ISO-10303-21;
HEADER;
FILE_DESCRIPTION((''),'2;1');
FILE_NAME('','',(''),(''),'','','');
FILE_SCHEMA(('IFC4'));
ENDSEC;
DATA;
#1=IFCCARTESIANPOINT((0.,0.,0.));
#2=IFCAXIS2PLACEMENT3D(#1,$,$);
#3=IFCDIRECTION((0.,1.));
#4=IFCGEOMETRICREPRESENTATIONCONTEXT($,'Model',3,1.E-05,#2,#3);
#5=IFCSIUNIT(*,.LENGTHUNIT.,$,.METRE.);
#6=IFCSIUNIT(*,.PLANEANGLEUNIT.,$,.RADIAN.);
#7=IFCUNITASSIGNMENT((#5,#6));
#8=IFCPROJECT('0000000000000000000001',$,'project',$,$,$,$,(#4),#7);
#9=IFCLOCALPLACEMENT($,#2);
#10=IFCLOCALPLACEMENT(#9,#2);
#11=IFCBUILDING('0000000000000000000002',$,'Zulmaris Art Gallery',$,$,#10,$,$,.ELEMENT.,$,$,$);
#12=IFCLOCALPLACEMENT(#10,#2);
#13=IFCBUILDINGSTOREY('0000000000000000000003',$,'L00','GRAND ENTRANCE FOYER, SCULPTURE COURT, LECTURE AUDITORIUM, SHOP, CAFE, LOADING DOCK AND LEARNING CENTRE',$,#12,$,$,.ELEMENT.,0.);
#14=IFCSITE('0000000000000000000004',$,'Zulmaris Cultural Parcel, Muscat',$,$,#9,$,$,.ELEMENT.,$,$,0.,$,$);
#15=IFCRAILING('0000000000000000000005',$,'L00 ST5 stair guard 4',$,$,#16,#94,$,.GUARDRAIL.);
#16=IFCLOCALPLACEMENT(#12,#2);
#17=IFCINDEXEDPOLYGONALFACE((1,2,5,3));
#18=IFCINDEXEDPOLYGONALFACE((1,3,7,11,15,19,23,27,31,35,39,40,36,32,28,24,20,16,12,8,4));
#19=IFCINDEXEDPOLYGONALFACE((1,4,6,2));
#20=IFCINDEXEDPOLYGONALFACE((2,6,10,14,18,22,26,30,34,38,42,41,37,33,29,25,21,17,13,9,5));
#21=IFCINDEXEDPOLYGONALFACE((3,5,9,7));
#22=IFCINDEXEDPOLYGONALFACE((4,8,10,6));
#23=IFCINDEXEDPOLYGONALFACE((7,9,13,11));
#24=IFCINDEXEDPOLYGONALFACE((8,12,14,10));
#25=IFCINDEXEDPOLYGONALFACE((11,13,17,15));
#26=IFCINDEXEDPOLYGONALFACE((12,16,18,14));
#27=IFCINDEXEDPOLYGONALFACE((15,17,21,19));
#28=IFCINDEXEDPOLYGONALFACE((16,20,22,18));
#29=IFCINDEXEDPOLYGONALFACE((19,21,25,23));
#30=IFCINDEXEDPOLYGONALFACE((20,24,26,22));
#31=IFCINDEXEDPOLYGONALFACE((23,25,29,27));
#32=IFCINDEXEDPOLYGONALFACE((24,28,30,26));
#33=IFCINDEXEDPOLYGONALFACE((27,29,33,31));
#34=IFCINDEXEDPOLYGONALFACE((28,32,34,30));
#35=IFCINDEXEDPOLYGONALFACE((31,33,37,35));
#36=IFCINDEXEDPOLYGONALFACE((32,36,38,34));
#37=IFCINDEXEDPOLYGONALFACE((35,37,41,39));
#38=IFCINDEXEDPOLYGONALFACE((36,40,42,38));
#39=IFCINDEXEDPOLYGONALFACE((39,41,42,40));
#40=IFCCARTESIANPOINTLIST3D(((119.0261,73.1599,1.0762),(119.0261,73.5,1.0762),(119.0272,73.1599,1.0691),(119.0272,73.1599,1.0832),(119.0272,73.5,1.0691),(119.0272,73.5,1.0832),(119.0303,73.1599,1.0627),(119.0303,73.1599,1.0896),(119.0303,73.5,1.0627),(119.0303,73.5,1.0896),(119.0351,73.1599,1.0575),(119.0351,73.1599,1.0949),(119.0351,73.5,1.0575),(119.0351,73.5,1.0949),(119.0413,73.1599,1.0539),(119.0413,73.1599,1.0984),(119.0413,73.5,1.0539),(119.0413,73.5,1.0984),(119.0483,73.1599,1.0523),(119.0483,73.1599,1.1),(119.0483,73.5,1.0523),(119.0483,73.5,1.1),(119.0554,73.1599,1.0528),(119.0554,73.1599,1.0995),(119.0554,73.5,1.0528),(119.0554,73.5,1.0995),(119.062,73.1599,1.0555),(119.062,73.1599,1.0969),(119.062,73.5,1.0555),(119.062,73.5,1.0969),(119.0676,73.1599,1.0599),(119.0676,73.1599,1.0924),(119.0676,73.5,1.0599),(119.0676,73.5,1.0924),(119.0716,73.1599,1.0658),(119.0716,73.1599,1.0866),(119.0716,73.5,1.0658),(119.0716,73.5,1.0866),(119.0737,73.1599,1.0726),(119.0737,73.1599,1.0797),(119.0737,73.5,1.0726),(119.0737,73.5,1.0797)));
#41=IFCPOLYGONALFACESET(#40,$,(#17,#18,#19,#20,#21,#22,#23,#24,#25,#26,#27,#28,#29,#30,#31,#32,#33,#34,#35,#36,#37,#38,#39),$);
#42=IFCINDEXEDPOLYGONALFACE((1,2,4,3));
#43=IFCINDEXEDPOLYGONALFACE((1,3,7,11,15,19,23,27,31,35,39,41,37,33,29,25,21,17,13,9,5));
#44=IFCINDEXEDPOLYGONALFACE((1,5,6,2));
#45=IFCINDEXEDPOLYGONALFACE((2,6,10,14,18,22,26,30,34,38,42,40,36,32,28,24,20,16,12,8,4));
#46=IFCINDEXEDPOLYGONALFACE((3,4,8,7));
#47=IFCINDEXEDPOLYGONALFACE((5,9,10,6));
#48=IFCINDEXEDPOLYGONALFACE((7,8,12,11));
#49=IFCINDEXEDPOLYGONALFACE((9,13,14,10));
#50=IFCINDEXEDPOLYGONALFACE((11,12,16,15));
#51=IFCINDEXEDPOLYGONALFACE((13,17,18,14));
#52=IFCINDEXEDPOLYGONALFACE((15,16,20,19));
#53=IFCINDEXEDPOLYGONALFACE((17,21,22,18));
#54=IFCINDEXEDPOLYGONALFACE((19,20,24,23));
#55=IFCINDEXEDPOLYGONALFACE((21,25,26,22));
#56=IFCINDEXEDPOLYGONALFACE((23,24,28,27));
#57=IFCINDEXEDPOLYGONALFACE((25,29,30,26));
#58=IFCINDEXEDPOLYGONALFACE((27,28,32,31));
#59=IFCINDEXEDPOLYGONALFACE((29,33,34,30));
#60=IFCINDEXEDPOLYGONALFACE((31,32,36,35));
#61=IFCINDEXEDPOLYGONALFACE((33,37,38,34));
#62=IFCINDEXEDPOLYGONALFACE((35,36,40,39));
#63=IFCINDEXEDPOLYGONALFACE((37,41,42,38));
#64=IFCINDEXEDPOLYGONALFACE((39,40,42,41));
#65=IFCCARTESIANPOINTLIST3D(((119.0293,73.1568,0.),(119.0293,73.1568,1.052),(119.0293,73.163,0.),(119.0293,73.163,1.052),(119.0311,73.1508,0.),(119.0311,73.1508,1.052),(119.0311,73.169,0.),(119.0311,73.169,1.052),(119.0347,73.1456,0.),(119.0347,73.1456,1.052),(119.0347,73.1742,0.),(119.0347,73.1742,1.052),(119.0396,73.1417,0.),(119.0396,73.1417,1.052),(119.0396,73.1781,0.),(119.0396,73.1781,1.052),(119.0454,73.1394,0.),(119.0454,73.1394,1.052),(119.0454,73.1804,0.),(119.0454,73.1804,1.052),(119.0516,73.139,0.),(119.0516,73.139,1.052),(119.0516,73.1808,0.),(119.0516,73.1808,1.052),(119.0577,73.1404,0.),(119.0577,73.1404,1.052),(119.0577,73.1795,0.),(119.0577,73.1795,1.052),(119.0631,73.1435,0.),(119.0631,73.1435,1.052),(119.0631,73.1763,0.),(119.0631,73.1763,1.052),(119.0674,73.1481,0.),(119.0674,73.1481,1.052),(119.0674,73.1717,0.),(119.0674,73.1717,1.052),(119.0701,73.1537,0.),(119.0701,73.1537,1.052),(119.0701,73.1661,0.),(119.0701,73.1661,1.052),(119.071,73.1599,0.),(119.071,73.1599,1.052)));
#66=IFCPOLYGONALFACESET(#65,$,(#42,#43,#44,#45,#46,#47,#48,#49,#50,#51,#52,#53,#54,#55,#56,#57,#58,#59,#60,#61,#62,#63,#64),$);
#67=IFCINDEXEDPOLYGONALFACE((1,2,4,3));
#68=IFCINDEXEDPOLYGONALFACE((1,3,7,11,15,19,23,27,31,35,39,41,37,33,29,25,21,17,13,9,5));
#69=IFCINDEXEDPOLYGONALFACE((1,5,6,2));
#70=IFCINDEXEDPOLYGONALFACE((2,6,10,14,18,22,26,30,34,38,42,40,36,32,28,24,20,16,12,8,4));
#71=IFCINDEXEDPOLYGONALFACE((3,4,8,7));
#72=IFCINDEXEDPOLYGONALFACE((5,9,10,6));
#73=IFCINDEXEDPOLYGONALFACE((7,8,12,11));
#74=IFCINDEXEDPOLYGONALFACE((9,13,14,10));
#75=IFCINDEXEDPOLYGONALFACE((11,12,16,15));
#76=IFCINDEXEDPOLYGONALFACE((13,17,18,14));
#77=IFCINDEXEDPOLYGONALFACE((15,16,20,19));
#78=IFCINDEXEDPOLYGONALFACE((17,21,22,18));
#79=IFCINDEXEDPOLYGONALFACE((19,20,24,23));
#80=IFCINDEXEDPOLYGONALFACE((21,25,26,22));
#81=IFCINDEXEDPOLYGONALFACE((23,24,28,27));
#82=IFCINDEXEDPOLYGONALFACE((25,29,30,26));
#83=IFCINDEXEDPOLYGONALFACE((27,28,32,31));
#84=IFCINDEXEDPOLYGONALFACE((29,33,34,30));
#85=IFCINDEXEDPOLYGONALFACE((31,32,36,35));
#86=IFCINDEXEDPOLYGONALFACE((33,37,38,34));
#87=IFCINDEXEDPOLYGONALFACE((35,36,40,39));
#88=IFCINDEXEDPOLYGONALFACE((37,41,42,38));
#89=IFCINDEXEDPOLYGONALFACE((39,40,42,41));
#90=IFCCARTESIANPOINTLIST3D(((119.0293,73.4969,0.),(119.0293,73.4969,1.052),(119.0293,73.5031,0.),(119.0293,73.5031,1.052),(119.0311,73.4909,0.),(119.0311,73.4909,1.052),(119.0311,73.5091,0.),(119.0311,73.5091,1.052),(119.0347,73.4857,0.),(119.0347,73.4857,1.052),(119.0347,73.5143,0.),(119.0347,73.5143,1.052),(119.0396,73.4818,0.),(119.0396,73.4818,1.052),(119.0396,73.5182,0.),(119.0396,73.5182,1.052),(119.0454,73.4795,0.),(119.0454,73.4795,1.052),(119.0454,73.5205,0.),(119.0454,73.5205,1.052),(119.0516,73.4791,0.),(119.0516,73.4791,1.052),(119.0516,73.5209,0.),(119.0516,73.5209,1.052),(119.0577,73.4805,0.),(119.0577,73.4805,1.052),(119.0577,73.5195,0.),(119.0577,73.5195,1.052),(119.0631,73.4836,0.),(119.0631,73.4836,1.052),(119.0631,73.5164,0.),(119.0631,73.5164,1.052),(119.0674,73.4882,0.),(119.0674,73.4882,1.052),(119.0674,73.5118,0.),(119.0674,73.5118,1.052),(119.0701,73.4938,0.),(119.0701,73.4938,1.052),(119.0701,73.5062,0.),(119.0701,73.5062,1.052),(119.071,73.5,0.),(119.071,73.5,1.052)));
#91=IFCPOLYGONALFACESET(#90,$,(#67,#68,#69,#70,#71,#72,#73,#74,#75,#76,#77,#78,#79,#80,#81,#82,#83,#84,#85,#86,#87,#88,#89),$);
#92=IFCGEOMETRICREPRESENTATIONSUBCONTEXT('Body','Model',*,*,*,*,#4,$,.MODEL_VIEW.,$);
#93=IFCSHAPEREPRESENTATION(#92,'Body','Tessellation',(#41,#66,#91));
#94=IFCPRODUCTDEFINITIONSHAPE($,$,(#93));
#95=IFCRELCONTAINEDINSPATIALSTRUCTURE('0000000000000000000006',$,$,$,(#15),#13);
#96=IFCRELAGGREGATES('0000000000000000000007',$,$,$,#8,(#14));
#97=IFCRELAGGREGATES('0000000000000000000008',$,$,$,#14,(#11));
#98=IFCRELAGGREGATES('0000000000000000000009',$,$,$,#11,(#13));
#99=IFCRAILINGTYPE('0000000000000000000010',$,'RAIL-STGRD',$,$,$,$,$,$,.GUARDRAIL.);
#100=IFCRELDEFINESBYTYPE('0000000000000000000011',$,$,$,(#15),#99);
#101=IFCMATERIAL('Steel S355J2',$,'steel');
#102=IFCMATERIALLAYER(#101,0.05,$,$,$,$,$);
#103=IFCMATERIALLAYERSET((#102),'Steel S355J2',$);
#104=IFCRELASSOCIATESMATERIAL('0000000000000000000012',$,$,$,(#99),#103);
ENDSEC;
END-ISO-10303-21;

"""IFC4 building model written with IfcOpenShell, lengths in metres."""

from ifc_helpers import new_model, si_unit, direction, frame, origin, origin_2d, place, context, subcontext, project, spatial, circle, extrude, material, layer, layer_set, type_object, element, save


model = new_model("IFC4")

# Units and contexts
model_context = context("Model", 3, precision=1e-05, world=origin(), true_north=direction((0.0, 1.0)))
body_context = subcontext(model_context, "Body", "Model", "MODEL_VIEW")
ifc_project = project(units=[si_unit("LENGTHUNIT", "METRE"), si_unit("PLANEANGLEUNIT", "RADIAN")], contexts=[model_context])

# Site, building, storey
site_placement = place(None, origin())
site = spatial("IfcSite", under=ifc_project, at=site_placement, Name="Zulmaris Cultural Parcel, Muscat", CompositionType="ELEMENT", RefElevation=0.0)
building_placement = place(site_placement, origin())
building = spatial("IfcBuilding", under=site, at=building_placement, Name="Zulmaris Art Gallery", CompositionType="ELEMENT")
storey_placement = place(building_placement, origin())
storey = spatial("IfcBuildingStorey", under=building, at=storey_placement, Name="L00", Description="GRAND ENTRANCE FOYER, SCULPTURE COURT, LECTURE AUDITORIUM, SHOP, CAFE, LOADING DOCK AND LEARNING CENTRE", CompositionType="ELEMENT", Elevation=0.0)

# Railing
ifc_material_1 = material(Name="Steel S355J2", Category="steel")
ifc_layer_1 = layer(ifc_material_1, 0.05)
ifc_layer_set_1 = layer_set([ifc_layer_1], Name="Steel S355J2")
railing_type_1 = type_object("IfcRailingType", Name="RAIL-STGRD", PredefinedType="GUARDRAIL", material=ifc_layer_set_1)
railing_1_placement = place(storey_placement, frame((119.05, 73.1599, 0.0)))
element("IfcRailing", 1, at=railing_1_placement, inside=storey, type_object=railing_type_1, Name="L00 ST5 stair guard 4", PredefinedType="GUARDRAIL", context=body_context, shape_type="SweptSolid", body=[
    extrude(circle(Radius=0.0239, at=origin_2d()), frame((0.0, 0.0, 1.0762), z_axis=(0.0, 1.0, 0.0), x_axis=(-1.0, 0.0, 0.0)), (0.0, 0.0, 1.0), 0.3401),
    extrude(circle(Radius=0.021, at=origin_2d()), origin(), (0.0, 0.0, 1.0), 1.052),
    extrude(circle(Radius=0.021, at=origin_2d()), frame((0.0, 0.3401, 0.0)), (0.0, 0.0, 1.0), 1.052),
])

save(model, "model.ifc")
